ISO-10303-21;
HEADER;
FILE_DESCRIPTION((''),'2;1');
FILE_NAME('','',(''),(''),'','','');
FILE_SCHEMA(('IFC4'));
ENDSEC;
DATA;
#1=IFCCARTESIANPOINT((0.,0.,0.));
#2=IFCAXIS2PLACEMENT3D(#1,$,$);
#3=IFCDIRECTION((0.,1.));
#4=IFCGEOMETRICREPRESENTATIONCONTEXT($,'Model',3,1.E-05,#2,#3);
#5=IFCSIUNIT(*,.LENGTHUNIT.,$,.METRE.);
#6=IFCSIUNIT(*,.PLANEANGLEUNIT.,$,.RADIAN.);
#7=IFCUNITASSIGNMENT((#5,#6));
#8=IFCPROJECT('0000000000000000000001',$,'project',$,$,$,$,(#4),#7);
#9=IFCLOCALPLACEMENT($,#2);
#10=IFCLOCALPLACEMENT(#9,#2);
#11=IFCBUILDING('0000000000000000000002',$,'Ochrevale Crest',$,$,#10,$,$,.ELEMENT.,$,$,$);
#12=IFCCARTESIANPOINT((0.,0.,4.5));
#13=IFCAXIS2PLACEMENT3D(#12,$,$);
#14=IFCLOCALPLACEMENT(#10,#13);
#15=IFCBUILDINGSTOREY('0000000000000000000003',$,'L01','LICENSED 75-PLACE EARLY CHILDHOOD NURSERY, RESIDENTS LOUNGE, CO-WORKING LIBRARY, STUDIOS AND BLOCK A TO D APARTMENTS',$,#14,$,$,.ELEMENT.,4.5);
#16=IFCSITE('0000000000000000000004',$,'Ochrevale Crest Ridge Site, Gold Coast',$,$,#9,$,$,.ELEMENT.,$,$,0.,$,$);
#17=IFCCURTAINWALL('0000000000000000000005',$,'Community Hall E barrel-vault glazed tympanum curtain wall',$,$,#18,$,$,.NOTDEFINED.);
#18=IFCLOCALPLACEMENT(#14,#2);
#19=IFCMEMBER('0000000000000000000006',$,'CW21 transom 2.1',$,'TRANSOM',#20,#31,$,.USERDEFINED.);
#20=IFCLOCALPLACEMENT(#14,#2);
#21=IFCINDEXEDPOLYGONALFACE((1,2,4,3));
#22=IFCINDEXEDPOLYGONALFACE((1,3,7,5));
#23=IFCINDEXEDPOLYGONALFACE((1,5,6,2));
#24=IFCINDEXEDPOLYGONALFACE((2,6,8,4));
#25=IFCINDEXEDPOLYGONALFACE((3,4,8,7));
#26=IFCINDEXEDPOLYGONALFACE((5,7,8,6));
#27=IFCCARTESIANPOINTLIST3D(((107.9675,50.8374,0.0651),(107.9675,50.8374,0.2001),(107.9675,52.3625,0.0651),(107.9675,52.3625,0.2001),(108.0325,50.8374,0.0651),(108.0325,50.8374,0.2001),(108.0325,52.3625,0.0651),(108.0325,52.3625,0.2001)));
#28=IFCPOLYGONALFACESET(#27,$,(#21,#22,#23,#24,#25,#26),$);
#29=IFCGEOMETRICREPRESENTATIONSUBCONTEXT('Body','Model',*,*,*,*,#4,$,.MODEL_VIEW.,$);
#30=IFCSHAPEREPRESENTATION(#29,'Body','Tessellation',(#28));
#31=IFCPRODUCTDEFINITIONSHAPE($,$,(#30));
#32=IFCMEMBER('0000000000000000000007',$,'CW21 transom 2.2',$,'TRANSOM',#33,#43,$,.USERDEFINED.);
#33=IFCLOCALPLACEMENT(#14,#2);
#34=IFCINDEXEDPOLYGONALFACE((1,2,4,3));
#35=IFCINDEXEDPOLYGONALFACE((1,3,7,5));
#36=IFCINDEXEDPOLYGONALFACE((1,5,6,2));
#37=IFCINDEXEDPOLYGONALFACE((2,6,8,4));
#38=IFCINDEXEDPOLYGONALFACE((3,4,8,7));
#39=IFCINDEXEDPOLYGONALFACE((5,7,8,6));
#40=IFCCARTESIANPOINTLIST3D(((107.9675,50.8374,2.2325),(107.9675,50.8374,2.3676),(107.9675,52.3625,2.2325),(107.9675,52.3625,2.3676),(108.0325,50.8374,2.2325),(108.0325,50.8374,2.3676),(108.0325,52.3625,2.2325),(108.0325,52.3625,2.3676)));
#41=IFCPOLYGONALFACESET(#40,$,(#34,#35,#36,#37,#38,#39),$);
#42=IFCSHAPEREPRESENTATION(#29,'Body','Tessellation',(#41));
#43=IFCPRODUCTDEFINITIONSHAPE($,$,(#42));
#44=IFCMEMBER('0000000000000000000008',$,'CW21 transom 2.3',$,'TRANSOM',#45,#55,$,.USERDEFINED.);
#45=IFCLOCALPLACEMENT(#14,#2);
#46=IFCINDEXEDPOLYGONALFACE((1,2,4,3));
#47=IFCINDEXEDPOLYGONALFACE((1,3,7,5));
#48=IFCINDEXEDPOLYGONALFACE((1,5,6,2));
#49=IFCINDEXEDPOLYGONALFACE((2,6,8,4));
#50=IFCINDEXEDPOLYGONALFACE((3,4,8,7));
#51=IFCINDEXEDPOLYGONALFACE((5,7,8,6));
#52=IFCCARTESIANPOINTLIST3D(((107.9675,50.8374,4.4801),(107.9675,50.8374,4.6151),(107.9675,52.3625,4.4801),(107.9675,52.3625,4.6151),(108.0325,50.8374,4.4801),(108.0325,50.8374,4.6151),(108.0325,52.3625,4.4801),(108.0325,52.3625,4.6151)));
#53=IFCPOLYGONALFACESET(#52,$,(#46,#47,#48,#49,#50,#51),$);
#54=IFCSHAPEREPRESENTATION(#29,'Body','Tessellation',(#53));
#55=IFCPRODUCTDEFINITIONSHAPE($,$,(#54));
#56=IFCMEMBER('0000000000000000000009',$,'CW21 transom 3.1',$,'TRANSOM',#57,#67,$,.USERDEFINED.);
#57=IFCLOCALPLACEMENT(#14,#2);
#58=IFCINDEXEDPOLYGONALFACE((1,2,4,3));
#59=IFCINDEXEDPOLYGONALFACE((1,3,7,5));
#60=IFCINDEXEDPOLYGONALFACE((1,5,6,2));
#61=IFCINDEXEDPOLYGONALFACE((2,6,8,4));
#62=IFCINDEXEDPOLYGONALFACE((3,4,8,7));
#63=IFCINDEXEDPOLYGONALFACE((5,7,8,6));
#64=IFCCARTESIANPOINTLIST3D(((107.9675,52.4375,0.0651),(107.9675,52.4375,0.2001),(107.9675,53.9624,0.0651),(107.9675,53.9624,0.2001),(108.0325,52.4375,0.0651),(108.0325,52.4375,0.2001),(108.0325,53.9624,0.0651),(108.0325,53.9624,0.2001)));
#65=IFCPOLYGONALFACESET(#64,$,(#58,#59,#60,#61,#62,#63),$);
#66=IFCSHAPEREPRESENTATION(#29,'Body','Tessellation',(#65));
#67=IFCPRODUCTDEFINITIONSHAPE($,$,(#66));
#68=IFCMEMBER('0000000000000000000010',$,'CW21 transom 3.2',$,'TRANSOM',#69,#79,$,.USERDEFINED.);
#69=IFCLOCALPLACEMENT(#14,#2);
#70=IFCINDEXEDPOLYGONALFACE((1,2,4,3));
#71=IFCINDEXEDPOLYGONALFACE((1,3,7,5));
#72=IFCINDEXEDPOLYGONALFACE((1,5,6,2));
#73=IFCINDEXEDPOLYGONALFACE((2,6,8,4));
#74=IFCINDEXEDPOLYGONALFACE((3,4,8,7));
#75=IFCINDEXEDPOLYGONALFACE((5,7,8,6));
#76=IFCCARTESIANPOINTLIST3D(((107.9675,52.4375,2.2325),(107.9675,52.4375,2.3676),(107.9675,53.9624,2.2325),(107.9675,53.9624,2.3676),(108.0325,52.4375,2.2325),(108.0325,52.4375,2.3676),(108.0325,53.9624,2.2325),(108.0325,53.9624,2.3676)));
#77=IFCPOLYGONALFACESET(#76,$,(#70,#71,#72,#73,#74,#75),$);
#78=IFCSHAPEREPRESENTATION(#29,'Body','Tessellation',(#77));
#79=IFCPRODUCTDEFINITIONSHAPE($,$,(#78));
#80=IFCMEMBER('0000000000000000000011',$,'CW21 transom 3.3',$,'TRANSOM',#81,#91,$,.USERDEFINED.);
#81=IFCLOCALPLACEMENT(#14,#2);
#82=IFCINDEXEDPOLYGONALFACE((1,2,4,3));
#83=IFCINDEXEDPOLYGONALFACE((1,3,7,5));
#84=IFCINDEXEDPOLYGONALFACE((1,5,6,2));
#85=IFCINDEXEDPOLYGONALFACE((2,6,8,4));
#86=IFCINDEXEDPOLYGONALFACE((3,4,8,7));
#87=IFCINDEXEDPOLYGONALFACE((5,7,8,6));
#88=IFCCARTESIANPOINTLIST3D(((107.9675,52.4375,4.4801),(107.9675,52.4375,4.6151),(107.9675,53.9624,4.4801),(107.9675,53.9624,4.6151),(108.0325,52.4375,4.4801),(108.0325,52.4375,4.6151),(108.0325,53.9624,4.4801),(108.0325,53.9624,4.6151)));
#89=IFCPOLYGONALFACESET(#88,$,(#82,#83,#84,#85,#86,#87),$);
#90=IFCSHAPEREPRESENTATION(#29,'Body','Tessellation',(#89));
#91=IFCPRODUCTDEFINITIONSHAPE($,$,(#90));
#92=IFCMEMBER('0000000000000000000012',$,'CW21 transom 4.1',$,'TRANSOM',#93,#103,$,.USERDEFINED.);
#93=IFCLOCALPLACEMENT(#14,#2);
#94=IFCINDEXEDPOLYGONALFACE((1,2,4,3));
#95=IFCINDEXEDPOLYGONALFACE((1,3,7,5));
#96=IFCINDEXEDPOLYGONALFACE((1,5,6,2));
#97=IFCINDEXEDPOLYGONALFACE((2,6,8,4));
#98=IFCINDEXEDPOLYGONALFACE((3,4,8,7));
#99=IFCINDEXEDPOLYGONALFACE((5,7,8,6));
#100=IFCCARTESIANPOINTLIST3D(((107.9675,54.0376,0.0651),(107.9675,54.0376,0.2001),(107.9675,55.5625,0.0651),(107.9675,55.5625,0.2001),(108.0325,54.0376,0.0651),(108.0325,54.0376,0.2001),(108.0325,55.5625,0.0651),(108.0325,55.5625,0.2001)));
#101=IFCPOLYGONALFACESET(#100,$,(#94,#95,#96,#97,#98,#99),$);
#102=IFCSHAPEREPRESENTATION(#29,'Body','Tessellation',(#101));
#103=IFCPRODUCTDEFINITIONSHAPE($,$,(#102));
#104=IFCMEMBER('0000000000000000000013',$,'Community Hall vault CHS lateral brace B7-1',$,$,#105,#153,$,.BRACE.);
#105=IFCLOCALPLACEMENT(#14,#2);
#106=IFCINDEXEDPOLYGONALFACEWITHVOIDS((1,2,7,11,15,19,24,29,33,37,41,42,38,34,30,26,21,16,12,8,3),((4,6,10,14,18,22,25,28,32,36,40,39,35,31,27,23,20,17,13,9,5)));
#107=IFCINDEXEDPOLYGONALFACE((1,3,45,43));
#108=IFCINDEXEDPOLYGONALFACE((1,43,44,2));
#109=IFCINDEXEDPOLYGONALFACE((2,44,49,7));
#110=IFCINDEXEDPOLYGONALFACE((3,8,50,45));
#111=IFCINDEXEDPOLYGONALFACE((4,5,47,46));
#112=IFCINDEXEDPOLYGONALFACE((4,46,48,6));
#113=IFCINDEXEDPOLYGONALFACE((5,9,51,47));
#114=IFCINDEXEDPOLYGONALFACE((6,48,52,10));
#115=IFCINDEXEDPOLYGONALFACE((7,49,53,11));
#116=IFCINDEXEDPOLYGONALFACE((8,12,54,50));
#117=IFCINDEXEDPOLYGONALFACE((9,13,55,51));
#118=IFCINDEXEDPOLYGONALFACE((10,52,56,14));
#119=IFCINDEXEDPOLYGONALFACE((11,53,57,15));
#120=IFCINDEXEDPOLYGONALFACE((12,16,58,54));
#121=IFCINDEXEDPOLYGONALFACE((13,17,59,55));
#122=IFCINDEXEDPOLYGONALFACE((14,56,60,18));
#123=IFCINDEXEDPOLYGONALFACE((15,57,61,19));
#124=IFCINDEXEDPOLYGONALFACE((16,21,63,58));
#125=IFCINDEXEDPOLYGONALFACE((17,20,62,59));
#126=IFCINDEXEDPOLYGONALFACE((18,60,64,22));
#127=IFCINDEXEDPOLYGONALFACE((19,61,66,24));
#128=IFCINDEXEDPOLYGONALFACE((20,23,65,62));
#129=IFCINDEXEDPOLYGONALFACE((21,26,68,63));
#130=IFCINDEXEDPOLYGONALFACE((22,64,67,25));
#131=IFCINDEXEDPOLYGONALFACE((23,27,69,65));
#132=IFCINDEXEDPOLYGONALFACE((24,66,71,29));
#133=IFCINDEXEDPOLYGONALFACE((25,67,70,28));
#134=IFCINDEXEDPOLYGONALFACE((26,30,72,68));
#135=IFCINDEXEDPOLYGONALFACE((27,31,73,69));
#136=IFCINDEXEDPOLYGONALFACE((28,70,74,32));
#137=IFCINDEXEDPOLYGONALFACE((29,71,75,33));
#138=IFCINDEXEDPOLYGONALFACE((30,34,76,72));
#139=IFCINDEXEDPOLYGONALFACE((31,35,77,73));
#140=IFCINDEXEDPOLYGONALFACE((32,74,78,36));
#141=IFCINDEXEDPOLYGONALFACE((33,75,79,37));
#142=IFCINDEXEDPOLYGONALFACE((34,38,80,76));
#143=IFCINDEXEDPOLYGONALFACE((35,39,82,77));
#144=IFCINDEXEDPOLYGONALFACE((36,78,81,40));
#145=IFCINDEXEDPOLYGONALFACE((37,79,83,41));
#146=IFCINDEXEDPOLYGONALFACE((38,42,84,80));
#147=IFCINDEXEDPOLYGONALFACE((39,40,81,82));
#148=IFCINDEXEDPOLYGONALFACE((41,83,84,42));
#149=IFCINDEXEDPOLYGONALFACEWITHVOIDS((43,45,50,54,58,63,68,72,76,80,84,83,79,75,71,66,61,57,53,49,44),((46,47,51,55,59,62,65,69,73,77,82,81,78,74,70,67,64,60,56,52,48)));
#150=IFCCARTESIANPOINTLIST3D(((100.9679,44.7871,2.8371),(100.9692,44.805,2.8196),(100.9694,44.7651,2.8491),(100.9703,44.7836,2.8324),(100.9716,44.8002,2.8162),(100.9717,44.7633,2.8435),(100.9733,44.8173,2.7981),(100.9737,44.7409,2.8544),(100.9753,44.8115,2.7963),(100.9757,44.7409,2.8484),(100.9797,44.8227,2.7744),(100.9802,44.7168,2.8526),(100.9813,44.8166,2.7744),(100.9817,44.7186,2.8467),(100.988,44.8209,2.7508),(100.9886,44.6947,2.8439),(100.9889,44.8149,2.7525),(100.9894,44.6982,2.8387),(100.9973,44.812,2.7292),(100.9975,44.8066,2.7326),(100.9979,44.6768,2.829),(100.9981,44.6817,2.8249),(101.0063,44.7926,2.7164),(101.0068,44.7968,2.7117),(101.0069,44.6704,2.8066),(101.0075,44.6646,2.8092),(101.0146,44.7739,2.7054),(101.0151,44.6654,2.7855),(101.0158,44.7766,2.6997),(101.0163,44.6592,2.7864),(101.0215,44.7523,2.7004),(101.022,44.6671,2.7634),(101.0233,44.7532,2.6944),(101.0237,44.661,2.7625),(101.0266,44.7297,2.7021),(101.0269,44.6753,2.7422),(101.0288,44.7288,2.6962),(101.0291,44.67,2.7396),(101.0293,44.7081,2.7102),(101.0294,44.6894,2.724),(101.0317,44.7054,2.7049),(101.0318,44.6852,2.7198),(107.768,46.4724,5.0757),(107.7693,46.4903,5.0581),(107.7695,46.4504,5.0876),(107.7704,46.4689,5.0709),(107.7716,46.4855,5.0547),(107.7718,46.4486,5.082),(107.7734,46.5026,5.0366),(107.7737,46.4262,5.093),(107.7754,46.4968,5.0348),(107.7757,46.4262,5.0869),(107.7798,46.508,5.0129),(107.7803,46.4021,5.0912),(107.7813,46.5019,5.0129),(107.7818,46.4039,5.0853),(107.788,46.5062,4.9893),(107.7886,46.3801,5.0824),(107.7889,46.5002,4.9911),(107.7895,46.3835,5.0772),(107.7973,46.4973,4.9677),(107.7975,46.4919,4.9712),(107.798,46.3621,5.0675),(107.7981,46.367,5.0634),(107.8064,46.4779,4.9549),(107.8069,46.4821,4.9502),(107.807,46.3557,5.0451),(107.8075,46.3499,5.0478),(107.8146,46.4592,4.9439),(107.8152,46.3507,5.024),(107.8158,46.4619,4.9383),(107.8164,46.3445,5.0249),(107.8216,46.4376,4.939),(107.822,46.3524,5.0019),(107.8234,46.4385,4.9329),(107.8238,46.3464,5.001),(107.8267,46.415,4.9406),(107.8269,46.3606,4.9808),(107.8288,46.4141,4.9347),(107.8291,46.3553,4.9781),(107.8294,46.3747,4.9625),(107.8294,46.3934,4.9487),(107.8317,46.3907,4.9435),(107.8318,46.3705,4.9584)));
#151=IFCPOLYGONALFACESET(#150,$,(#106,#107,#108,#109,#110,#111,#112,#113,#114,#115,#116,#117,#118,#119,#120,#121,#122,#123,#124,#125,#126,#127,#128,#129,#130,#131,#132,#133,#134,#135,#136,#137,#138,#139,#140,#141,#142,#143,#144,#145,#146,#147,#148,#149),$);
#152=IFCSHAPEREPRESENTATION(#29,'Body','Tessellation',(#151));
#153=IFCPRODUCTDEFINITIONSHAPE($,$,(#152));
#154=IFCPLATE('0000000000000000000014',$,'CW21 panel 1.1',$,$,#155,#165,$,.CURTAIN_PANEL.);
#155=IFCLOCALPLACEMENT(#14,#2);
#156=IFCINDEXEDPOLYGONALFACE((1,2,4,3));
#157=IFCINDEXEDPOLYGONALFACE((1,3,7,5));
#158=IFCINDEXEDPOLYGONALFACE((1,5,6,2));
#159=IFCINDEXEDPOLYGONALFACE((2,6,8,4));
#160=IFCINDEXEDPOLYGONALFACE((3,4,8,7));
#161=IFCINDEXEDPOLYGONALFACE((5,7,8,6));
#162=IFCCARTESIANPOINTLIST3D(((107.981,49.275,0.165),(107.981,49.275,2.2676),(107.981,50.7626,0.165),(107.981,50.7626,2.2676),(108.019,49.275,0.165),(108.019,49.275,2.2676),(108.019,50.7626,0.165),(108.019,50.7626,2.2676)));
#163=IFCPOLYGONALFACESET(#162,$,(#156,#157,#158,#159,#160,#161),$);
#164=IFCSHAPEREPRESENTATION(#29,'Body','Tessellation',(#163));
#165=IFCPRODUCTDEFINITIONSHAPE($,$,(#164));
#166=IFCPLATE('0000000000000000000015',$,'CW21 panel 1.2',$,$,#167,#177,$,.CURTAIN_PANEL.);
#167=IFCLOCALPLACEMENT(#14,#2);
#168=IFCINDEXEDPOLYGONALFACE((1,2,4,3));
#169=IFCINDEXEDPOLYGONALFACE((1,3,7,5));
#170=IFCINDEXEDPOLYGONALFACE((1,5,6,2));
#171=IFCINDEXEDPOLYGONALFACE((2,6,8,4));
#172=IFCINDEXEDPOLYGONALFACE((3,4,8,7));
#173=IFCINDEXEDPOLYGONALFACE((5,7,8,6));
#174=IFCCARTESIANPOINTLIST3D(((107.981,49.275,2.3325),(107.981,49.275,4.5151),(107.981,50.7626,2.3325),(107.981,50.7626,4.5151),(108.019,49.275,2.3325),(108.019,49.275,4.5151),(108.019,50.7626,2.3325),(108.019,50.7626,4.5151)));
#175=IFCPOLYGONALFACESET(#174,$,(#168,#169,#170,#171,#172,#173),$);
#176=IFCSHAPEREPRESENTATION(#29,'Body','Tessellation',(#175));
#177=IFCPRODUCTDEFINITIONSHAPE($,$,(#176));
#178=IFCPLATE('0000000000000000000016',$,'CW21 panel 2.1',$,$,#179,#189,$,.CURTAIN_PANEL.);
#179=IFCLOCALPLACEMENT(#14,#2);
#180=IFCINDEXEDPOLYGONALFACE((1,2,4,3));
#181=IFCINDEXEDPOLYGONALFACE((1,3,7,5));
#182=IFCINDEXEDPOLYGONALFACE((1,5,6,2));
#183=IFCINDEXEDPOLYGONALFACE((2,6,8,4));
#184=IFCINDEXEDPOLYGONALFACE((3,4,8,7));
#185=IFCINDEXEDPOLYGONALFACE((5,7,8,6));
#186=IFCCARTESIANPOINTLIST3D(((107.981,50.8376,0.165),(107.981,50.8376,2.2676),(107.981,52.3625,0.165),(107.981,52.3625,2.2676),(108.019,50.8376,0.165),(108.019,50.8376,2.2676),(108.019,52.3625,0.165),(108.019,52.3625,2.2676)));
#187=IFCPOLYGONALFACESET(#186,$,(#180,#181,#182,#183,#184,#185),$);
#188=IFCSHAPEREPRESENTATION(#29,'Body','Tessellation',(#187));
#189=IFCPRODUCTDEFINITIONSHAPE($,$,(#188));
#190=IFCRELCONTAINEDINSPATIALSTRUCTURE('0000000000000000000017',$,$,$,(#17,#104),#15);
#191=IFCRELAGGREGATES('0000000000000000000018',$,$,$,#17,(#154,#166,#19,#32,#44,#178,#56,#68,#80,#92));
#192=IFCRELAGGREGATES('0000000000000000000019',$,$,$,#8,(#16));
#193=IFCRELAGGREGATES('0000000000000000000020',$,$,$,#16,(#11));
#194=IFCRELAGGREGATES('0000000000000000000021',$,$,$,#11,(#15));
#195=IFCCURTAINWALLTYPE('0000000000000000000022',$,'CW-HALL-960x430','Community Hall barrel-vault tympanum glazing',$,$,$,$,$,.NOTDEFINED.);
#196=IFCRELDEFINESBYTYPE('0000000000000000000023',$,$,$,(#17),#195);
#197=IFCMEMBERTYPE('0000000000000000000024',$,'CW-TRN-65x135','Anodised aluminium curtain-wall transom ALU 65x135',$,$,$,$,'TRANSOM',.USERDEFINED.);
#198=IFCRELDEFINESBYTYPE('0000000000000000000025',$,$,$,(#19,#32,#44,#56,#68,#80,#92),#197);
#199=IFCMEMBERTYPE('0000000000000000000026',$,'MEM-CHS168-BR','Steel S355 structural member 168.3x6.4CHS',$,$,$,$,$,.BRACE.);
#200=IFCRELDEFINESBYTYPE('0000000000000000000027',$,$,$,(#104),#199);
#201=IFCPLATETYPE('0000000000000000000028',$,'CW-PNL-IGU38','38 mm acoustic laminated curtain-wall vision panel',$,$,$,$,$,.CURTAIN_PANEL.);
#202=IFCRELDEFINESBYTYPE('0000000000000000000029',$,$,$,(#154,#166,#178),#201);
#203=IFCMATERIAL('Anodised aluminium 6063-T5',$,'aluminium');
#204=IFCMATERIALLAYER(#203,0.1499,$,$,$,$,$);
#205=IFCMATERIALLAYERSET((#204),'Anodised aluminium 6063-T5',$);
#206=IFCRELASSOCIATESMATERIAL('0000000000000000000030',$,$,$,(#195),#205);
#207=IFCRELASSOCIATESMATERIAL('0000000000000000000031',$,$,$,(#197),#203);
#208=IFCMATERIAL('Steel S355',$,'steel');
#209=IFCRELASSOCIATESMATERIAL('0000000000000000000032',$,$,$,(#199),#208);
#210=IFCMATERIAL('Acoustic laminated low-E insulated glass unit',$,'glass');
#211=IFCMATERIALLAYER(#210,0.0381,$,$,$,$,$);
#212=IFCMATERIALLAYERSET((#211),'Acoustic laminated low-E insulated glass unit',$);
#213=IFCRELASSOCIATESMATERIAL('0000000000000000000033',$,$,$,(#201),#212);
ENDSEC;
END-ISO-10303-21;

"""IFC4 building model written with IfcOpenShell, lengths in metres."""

from ifc_helpers import new_model, si_unit, direction, frame, origin, origin_2d, place, context, subcontext, project, spatial, rectangle, hollow_circle, extrude, material, layer, layer_set, material_profile, profile_set, type_object, element, aggregate, save


model = new_model("IFC4")

# Units and contexts
model_context = context("Model", 3, precision=1e-05, world=origin(), true_north=direction((0.0, 1.0)))
body_context = subcontext(model_context, "Body", "Model", "MODEL_VIEW")
ifc_project = project(units=[si_unit("LENGTHUNIT", "METRE"), si_unit("PLANEANGLEUNIT", "RADIAN")], contexts=[model_context])

# Site, building, storey
site_placement = place(None, origin())
site = spatial("IfcSite", under=ifc_project, at=site_placement, Name="Ochrevale Crest Ridge Site, Gold Coast", CompositionType="ELEMENT", RefElevation=0.0)
building_placement = place(site_placement, origin())
building = spatial("IfcBuilding", under=site, at=building_placement, Name="Ochrevale Crest", CompositionType="ELEMENT")
storey_placement = place(building_placement, frame((0.0, 0.0, 4.5)))
storey = spatial("IfcBuildingStorey", under=building, at=storey_placement, Name="L01", Description="LICENSED 75-PLACE EARLY CHILDHOOD NURSERY, RESIDENTS LOUNGE, CO-WORKING LIBRARY, STUDIOS AND BLOCK A TO D APARTMENTS", CompositionType="ELEMENT", Elevation=4.5)

# Curtain wall, members
ifc_material_1 = material(Name="Anodised aluminium 6063-T5", Category="aluminium")
ifc_layer_1 = layer(ifc_material_1, 0.1499)
ifc_layer_set_1 = layer_set([ifc_layer_1], Name="Anodised aluminium 6063-T5")
curtain_wall_type = type_object("IfcCurtainWallType", Name="CW-HALL-960x430", Description="Community Hall barrel-vault tympanum glazing", PredefinedType="NOTDEFINED", material=ifc_layer_set_1)
curtain_wall_placement = place(storey_placement, origin())
curtain_wall = element("IfcCurtainWall", 1, at=curtain_wall_placement, inside=storey, type_object=curtain_wall_type, Name="Community Hall E barrel-vault glazed tympanum curtain wall", PredefinedType="NOTDEFINED")
ifc_material_profile_1 = material_profile(ifc_material_1, rectangle(XDim=0.0649, YDim=0.135, at=origin_2d()), Name="ALU 65x135")
ifc_profile_set_1 = profile_set([ifc_material_profile_1], Name="Anodised aluminium 6063-T5")
member_type_1 = type_object("IfcMemberType", Name="CW-TRN-65x135", Description="Anodised aluminium curtain-wall transom ALU 65x135", ElementType="TRANSOM", PredefinedType="USERDEFINED", material=ifc_profile_set_1)
member_1_placement = place(storey_placement, frame((108.0, 50.8374, 0.1326), z_axis=(0.0, 1.0, 0.0), x_axis=(-1.0, 0.0, 0.0)))
member_1 = element("IfcMember", 2, at=member_1_placement, type_object=member_type_1, Name="CW21 transom 2.1", ObjectType="TRANSOM", PredefinedType="USERDEFINED", context=body_context, shape_type="SweptSolid", body=[
    extrude(rectangle(XDim=0.0649, YDim=0.135, at=origin_2d()), origin(), (0.0, 0.0, 1.0), 1.5251),
])
member_2_placement = place(storey_placement, frame((108.0, 50.8374, 2.3), z_axis=(0.0, 1.0, 0.0), x_axis=(-1.0, 0.0, 0.0)))
member_2 = element("IfcMember", 3, at=member_2_placement, type_object=member_type_1, Name="CW21 transom 2.2", ObjectType="TRANSOM", PredefinedType="USERDEFINED", context=body_context, shape_type="SweptSolid", body=[
    extrude(rectangle(XDim=0.0649, YDim=0.135, at=origin_2d()), origin(), (0.0, 0.0, 1.0), 1.5251),
])
member_3_placement = place(storey_placement, frame((108.0, 50.8374, 4.5476), z_axis=(0.0, 1.0, 0.0), x_axis=(-1.0, 0.0, 0.0)))
member_3 = element("IfcMember", 4, at=member_3_placement, type_object=member_type_1, Name="CW21 transom 2.3", ObjectType="TRANSOM", PredefinedType="USERDEFINED", context=body_context, shape_type="SweptSolid", body=[
    extrude(rectangle(XDim=0.0649, YDim=0.135, at=origin_2d()), origin(), (0.0, 0.0, 1.0), 1.5251),
])
member_4_placement = place(storey_placement, frame((108.0, 52.4375, 0.1326), z_axis=(0.0, 1.0, 0.0), x_axis=(-1.0, 0.0, 0.0)))
member_4 = element("IfcMember", 5, at=member_4_placement, type_object=member_type_1, Name="CW21 transom 3.1", ObjectType="TRANSOM", PredefinedType="USERDEFINED", context=body_context, shape_type="SweptSolid", body=[
    extrude(rectangle(XDim=0.0649, YDim=0.135, at=origin_2d()), origin(), (0.0, 0.0, 1.0), 1.5249),
])
member_5_placement = place(storey_placement, frame((108.0, 52.4375, 2.3), z_axis=(0.0, 1.0, 0.0), x_axis=(-1.0, 0.0, 0.0)))
member_5 = element("IfcMember", 6, at=member_5_placement, type_object=member_type_1, Name="CW21 transom 3.2", ObjectType="TRANSOM", PredefinedType="USERDEFINED", context=body_context, shape_type="SweptSolid", body=[
    extrude(rectangle(XDim=0.0649, YDim=0.135, at=origin_2d()), origin(), (0.0, 0.0, 1.0), 1.5249),
])
member_6_placement = place(storey_placement, frame((108.0, 52.4375, 4.5476), z_axis=(0.0, 1.0, 0.0), x_axis=(-1.0, 0.0, 0.0)))
member_6 = element("IfcMember", 7, at=member_6_placement, type_object=member_type_1, Name="CW21 transom 3.3", ObjectType="TRANSOM", PredefinedType="USERDEFINED", context=body_context, shape_type="SweptSolid", body=[
    extrude(rectangle(XDim=0.0649, YDim=0.135, at=origin_2d()), origin(), (0.0, 0.0, 1.0), 1.5249),
])
member_7_placement = place(storey_placement, frame((108.0, 54.0376, 0.1326), z_axis=(0.0, 1.0, 0.0), x_axis=(-1.0, 0.0, 0.0)))
member_7 = element("IfcMember", 8, at=member_7_placement, type_object=member_type_1, Name="CW21 transom 4.1", ObjectType="TRANSOM", PredefinedType="USERDEFINED", context=body_context, shape_type="SweptSolid", body=[
    extrude(rectangle(XDim=0.0649, YDim=0.135, at=origin_2d()), origin(), (0.0, 0.0, 1.0), 1.5249),
])

# Member
ifc_material_2 = material(Name="Steel S355", Category="steel")
ifc_material_profile_2 = material_profile(ifc_material_2, hollow_circle(Radius=0.0842, WallThickness=0.0063, at=origin_2d()), Name="168.3x6.4CHS")
ifc_profile_set_2 = profile_set([ifc_material_profile_2], Name="Steel S355")
member_type_2 = type_object("IfcMemberType", Name="MEM-CHS168-BR", Description="Steel S355 structural member 168.3x6.4CHS", PredefinedType="BRACE", material=ifc_profile_set_2)
member_8_placement = place(storey_placement, frame((101.0, 44.741, 2.7744), z_axis=(0.924583, 0.229146, 0.304366), x_axis=(-0.240559, 0.970635, 0.0)))
element("IfcMember", 9, at=member_8_placement, inside=storey, type_object=member_type_2, Name="Community Hall vault CHS lateral brace B7-1", PredefinedType="BRACE", context=body_context, shape_type="SweptSolid", body=[
    extrude(hollow_circle(Radius=0.0842, WallThickness=0.0063, at=origin_2d()), origin(), (0.0, 0.0, 1.0), 7.3547),
])

# Plates
ifc_material_3 = material(Name="Acoustic laminated low-E insulated glass unit", Category="glass")
ifc_layer_2 = layer(ifc_material_3, 0.0381)
ifc_layer_set_2 = layer_set([ifc_layer_2], Name="Acoustic laminated low-E insulated glass unit")
plate_type_1 = type_object("IfcPlateType", Name="CW-PNL-IGU38", Description="38 mm acoustic laminated curtain-wall vision panel", PredefinedType="CURTAIN_PANEL", material=ifc_layer_set_2)
plate_1_placement = place(storey_placement, frame((108.0, 50.0188, 0.165), z_axis=(0.0, 0.0, 1.0), x_axis=(0.0, 1.0, 0.0)))
plate_1 = element("IfcPlate", 10, at=plate_1_placement, type_object=plate_type_1, Name="CW21 panel 1.1", PredefinedType="CURTAIN_PANEL", context=body_context, shape_type="SweptSolid", body=[
    extrude(rectangle(XDim=1.4875, YDim=0.0381, at=origin_2d()), origin(), (0.0, 0.0, 1.0), 2.1025),
])
plate_2_placement = place(storey_placement, frame((108.0, 50.0188, 2.3325), z_axis=(0.0, 0.0, 1.0), x_axis=(0.0, 1.0, 0.0)))
plate_2 = element("IfcPlate", 11, at=plate_2_placement, type_object=plate_type_1, Name="CW21 panel 1.2", PredefinedType="CURTAIN_PANEL", context=body_context, shape_type="SweptSolid", body=[
    extrude(rectangle(XDim=1.4875, YDim=0.0381, at=origin_2d()), origin(), (0.0, 0.0, 1.0), 2.1826),
])
plate_3_placement = place(storey_placement, frame((108.0, 51.6001, 0.165), z_axis=(0.0, 0.0, 1.0), x_axis=(0.0, 1.0, 0.0)))
plate_3 = element("IfcPlate", 12, at=plate_3_placement, type_object=plate_type_1, Name="CW21 panel 2.1", PredefinedType="CURTAIN_PANEL", context=body_context, shape_type="SweptSolid", body=[
    extrude(rectangle(XDim=1.5249, YDim=0.0381, at=origin_2d()), origin(), (0.0, 0.0, 1.0), 2.1025),
])
aggregate(curtain_wall, [plate_1, plate_2, member_1, member_2, member_3, plate_3, member_4, member_5, member_6, member_7])

save(model, "model.ifc")
